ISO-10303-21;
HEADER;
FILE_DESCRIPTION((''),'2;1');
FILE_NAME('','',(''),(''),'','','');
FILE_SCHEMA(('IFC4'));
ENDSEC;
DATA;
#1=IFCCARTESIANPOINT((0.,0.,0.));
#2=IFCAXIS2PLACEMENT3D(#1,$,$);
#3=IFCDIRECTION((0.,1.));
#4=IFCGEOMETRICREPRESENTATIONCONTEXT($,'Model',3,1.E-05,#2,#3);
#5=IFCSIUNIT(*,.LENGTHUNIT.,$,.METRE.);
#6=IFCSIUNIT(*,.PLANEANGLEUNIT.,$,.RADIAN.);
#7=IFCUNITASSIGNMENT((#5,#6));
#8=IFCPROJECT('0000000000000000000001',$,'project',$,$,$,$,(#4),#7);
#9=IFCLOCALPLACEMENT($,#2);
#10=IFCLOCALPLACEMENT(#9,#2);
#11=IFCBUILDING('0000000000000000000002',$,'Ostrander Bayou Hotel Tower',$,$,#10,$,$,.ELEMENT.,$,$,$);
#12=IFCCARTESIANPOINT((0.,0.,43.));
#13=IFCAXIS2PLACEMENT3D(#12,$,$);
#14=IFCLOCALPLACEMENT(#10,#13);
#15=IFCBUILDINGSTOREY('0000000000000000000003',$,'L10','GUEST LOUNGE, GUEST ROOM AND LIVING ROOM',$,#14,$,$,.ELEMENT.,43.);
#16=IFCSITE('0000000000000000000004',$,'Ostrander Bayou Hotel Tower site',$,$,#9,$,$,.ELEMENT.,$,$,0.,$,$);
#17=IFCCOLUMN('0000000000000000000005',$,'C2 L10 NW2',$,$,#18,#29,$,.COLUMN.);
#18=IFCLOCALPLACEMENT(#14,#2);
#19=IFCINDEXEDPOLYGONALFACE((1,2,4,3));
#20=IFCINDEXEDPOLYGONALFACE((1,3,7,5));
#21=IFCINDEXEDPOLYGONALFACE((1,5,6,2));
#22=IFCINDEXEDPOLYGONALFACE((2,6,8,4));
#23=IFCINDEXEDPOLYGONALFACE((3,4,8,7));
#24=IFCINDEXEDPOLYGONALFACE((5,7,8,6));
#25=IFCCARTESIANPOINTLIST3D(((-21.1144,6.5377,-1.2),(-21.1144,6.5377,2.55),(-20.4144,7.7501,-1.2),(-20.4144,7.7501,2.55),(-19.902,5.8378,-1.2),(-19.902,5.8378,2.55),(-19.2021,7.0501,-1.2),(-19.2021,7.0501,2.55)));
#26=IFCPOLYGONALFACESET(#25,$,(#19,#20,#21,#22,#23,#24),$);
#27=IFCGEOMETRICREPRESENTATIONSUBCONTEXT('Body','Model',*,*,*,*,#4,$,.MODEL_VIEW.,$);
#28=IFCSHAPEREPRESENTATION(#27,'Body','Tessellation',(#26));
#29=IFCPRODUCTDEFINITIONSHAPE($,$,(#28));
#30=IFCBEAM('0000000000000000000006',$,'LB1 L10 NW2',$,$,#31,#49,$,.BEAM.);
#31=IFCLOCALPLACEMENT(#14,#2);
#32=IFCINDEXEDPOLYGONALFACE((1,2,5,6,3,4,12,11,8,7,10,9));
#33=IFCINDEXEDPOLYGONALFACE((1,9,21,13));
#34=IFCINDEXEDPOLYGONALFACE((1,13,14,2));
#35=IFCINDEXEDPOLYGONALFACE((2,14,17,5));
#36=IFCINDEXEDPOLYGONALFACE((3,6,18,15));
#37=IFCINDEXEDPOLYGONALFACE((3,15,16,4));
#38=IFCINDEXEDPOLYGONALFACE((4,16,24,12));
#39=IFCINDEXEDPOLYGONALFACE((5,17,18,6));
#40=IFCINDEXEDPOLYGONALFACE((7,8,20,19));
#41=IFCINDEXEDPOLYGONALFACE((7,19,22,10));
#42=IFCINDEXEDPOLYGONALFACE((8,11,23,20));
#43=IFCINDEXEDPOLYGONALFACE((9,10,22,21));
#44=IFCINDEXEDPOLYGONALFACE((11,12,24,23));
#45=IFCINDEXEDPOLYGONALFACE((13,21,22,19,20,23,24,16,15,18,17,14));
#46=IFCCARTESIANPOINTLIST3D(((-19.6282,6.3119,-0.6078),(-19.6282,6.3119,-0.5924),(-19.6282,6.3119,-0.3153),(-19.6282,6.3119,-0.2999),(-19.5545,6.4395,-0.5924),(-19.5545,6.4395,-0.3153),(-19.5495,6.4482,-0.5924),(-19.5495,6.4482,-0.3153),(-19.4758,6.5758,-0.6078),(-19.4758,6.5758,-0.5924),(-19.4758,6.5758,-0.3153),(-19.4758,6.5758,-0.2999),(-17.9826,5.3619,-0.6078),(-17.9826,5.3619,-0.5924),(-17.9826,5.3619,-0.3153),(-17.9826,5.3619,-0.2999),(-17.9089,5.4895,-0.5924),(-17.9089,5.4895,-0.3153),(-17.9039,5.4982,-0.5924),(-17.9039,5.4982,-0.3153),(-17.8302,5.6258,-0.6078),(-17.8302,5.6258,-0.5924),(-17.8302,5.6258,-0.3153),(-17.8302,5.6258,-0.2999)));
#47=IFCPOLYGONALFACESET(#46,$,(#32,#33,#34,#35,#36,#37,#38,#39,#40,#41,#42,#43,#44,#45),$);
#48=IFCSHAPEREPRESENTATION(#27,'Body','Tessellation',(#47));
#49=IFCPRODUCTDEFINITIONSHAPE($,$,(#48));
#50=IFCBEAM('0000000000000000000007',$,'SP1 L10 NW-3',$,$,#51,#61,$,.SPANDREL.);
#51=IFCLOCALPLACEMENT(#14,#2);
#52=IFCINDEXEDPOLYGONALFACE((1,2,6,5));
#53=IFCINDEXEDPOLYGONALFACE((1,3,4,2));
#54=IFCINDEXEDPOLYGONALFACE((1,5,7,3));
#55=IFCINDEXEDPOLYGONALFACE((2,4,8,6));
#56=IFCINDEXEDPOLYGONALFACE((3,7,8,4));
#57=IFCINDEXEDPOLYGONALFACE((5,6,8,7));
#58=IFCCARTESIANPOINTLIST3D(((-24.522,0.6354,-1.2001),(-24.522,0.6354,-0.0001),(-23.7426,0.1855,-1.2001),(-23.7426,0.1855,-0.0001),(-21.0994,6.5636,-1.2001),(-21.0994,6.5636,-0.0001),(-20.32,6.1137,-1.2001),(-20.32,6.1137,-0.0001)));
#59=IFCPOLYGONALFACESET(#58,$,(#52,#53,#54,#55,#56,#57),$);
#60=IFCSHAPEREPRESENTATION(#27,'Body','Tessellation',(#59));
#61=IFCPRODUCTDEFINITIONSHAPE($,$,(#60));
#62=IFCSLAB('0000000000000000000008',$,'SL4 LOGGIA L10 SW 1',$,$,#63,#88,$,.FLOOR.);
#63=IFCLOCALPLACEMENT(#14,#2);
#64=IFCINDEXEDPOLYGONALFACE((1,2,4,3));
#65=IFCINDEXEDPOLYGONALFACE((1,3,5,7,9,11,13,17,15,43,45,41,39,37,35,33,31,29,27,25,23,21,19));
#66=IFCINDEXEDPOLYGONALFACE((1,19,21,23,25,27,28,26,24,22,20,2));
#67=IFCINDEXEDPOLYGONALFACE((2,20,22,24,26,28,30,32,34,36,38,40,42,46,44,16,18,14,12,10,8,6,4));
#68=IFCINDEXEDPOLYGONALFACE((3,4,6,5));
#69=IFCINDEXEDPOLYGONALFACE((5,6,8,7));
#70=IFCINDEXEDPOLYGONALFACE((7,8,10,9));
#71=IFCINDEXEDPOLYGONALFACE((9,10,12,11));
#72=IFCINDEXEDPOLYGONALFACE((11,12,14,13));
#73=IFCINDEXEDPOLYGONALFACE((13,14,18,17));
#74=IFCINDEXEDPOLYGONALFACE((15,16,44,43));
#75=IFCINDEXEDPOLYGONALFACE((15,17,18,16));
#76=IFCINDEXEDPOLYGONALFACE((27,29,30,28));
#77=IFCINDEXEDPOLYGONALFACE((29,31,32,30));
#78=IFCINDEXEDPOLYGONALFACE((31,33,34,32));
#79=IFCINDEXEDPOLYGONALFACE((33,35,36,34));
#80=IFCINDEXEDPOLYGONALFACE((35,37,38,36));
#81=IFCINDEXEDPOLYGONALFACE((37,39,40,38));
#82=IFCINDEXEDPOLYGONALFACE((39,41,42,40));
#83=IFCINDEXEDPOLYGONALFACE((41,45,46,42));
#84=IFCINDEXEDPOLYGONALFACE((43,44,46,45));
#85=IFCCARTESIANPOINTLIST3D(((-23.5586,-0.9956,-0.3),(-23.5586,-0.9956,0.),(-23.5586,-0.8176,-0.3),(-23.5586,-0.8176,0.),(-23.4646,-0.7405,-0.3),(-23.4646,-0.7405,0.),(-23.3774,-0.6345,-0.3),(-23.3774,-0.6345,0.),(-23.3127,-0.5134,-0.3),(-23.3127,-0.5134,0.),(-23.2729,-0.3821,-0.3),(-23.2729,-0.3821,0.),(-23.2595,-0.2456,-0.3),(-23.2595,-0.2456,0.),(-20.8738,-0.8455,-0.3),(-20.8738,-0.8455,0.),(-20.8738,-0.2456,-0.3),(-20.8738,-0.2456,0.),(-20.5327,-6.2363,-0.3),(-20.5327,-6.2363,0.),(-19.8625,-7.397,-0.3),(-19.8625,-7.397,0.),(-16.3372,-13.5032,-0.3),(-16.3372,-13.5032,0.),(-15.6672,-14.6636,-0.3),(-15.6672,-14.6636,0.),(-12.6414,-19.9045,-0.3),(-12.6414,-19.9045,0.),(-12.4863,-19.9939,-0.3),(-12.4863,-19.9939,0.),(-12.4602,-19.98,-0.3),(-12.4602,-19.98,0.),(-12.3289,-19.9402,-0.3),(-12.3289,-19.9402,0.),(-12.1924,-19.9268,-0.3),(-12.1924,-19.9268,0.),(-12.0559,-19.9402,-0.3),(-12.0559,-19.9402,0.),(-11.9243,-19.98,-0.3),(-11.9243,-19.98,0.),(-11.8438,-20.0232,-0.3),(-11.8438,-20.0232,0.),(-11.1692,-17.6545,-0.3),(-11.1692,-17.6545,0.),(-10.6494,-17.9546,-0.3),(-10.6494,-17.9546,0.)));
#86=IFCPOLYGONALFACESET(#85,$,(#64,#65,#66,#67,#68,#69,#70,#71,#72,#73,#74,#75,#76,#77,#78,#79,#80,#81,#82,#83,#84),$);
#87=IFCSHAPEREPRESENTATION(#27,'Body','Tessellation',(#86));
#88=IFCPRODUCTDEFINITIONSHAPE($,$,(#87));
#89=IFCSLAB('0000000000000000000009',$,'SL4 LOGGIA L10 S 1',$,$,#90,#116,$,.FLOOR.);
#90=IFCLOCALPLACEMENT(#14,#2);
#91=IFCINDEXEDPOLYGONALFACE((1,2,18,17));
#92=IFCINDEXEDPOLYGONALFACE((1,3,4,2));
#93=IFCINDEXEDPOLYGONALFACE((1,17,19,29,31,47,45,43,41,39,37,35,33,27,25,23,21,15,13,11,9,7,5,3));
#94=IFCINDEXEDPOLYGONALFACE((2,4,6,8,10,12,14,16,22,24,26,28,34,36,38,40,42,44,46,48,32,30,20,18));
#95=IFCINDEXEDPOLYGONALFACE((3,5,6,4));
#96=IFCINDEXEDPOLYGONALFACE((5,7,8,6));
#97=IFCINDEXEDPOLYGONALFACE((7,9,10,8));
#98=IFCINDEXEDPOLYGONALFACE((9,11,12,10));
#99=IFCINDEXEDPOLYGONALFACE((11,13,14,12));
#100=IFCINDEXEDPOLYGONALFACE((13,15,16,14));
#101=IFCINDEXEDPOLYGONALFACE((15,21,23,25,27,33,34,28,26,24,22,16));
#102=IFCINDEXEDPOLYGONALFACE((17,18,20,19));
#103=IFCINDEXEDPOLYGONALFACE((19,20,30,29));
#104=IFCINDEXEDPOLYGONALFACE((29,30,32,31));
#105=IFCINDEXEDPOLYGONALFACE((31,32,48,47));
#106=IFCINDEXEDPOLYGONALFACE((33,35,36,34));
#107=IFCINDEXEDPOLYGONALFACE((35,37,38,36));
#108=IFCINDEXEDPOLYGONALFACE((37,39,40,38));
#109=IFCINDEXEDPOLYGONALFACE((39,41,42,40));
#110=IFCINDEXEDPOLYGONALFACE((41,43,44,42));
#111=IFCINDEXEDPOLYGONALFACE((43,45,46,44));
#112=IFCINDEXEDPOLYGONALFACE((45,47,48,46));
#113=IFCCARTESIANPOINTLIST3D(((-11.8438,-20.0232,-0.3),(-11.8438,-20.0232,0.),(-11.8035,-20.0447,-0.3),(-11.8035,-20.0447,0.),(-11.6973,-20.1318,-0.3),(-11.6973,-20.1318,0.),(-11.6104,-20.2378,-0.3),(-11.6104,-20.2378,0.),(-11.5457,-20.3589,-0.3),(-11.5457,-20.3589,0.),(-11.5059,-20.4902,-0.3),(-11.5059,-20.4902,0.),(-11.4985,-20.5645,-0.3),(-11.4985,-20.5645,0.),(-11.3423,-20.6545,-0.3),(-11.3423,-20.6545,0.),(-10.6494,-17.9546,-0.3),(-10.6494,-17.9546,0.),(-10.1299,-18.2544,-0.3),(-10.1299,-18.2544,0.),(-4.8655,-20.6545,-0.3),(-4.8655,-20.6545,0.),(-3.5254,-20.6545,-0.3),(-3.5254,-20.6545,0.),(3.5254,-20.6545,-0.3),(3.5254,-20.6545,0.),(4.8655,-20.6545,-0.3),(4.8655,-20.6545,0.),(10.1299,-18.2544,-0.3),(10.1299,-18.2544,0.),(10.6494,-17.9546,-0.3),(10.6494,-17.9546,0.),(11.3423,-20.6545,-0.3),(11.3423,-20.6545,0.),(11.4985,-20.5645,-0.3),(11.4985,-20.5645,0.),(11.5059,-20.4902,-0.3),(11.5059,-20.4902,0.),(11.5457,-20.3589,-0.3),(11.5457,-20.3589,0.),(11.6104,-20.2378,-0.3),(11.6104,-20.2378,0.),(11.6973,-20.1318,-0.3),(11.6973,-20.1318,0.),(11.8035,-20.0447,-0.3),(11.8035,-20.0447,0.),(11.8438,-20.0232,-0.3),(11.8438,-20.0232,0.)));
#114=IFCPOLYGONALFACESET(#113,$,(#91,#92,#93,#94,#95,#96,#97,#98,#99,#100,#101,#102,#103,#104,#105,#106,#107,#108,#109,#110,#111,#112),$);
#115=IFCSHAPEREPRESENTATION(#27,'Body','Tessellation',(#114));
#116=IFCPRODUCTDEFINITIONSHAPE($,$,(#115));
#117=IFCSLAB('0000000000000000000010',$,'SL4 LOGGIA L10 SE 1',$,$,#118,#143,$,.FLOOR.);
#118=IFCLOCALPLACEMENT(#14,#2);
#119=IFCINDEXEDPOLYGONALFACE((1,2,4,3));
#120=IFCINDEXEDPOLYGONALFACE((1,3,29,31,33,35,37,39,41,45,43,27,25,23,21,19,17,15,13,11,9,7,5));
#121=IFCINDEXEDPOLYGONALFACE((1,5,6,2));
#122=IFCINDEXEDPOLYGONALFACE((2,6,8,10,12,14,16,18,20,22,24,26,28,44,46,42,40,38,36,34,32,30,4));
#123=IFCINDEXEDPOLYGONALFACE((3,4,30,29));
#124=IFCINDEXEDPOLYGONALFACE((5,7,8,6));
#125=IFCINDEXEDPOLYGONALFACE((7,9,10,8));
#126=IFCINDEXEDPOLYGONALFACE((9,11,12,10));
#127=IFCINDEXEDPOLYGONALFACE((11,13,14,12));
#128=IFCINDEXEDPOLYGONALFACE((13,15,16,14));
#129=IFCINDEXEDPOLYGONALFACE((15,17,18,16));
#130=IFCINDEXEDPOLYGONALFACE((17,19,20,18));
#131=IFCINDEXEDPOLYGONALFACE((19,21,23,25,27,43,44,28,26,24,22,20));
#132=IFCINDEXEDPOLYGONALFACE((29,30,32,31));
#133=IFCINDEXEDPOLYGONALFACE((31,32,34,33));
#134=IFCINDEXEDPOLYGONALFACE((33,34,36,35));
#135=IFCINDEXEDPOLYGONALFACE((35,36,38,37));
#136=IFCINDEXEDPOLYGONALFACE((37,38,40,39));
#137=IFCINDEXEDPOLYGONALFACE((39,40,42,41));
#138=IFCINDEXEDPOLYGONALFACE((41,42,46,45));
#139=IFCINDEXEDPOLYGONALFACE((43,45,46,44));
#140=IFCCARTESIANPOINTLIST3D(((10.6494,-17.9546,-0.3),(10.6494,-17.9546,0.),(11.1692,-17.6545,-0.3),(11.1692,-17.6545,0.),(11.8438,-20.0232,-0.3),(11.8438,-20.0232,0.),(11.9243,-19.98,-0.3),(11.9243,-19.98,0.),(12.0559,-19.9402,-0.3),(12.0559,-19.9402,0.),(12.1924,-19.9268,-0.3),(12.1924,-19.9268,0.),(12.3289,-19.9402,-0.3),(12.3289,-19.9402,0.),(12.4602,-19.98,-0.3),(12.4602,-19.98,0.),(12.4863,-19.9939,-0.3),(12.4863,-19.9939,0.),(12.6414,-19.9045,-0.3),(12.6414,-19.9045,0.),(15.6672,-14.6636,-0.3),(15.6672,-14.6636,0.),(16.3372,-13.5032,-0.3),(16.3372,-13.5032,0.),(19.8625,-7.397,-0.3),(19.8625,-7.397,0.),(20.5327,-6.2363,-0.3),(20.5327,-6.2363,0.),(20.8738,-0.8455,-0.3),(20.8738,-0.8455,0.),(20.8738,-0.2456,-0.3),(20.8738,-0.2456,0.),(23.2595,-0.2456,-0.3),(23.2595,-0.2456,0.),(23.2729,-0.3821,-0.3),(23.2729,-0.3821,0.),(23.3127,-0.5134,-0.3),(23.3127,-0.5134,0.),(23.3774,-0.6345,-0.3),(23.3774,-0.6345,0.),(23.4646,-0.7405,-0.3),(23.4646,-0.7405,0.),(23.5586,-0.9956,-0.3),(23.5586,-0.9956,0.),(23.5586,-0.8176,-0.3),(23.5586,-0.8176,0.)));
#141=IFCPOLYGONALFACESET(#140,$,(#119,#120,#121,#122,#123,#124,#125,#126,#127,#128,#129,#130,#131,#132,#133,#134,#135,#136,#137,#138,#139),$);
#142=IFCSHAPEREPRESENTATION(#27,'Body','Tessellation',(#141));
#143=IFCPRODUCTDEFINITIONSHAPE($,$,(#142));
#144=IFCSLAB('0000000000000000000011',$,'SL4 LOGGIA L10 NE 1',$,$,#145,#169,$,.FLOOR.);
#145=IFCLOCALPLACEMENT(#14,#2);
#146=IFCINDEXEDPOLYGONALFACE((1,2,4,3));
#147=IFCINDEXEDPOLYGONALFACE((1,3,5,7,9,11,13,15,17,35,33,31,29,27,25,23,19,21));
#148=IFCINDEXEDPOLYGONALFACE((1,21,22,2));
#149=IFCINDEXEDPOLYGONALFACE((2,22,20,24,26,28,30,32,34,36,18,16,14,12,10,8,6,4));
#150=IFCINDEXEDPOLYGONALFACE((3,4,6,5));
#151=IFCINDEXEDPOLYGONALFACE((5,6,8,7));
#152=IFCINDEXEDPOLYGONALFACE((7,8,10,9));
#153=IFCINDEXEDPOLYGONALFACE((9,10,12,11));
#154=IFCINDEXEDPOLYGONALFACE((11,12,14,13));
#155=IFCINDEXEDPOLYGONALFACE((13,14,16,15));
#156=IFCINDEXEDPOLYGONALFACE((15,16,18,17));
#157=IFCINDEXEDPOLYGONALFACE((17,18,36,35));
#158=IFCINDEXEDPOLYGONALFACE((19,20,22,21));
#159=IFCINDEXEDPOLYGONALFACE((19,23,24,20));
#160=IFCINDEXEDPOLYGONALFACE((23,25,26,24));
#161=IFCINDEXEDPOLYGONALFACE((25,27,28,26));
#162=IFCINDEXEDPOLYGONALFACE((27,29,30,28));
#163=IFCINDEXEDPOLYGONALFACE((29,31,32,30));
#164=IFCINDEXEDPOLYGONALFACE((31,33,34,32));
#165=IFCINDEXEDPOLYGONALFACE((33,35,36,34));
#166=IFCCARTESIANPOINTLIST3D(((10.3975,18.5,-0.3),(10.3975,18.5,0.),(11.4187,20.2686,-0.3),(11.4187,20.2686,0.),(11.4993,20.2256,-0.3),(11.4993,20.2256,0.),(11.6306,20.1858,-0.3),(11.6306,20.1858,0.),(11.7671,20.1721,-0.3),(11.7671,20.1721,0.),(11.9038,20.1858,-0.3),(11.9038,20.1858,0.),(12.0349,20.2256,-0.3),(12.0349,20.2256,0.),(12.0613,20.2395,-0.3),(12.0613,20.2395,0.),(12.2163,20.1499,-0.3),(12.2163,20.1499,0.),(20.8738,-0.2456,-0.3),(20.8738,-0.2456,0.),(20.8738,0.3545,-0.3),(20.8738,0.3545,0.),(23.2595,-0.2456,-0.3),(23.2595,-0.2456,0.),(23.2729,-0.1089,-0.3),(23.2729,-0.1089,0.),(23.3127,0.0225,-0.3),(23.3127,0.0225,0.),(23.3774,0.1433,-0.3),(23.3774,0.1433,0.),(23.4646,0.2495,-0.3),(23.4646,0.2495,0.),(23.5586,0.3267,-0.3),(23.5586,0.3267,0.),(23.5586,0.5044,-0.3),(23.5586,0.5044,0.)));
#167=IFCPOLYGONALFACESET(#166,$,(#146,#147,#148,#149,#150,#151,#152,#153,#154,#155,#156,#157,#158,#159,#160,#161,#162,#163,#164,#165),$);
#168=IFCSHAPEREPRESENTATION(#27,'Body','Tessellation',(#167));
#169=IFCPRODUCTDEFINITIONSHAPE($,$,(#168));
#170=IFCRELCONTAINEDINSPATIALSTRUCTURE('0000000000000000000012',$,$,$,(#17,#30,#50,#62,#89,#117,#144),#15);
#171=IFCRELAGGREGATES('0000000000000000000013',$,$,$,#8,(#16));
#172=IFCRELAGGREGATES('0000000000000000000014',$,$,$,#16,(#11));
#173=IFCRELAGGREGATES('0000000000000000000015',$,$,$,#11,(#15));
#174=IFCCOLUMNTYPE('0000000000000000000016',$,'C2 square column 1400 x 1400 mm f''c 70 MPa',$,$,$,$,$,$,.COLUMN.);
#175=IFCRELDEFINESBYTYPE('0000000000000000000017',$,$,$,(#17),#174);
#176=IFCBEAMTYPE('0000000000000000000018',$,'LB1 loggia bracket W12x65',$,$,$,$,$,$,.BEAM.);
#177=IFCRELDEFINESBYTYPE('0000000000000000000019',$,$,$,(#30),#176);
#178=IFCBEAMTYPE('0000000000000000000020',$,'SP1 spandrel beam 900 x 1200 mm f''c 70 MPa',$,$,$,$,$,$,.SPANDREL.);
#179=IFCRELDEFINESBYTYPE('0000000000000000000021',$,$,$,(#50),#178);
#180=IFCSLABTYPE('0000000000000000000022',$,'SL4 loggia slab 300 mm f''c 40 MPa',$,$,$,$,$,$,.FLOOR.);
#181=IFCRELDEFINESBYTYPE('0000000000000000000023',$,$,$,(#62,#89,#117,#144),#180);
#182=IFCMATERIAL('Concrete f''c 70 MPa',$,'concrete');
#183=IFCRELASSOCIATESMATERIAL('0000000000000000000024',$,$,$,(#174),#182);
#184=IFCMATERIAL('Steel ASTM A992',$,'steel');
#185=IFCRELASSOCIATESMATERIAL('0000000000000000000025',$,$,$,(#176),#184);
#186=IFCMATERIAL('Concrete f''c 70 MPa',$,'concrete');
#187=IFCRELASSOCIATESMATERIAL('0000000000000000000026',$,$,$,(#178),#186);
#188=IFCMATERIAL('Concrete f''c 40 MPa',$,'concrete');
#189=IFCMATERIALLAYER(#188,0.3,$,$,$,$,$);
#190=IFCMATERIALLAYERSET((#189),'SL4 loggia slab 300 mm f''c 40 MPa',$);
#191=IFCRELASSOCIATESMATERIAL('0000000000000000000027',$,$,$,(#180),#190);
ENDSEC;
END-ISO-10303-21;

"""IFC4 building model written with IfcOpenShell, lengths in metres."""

from ifc_helpers import new_model, si_unit, direction, frame, origin, origin_2d, place, context, subcontext, project, spatial, polyline, rectangle, i_section, outline, extrude, material, layer, layer_set, material_profile, profile_set, type_object, element, save


model = new_model("IFC4")

# Units and contexts
model_context = context("Model", 3, precision=1e-05, world=origin(), true_north=direction((0.0, 1.0)))
body_context = subcontext(model_context, "Body", "Model", "MODEL_VIEW")
ifc_project = project(units=[si_unit("LENGTHUNIT", "METRE"), si_unit("PLANEANGLEUNIT", "RADIAN")], contexts=[model_context])

# Site, building, storey
site_placement = place(None, origin())
site = spatial("IfcSite", under=ifc_project, at=site_placement, Name="Ostrander Bayou Hotel Tower site", CompositionType="ELEMENT", RefElevation=0.0)
building_placement = place(site_placement, origin())
building = spatial("IfcBuilding", under=site, at=building_placement, Name="Ostrander Bayou Hotel Tower", CompositionType="ELEMENT")
storey_placement = place(building_placement, frame((0.0, 0.0, 43.0)))
storey = spatial("IfcBuildingStorey", under=building, at=storey_placement, Name="L10", Description="GUEST LOUNGE, GUEST ROOM AND LIVING ROOM", CompositionType="ELEMENT", Elevation=43.0)

# Column
ifc_material_1 = material(Name="Concrete f'c 70 MPa", Category="concrete")
ifc_material_profile_1 = material_profile(ifc_material_1, rectangle(XDim=1.3999, YDim=1.3999, at=origin_2d()))
ifc_profile_set_1 = profile_set([ifc_material_profile_1], Name="Concrete f'c 70 MPa")
column_type = type_object("IfcColumnType", Name="C2 square column 1400 x 1400 mm f'c 70 MPa", PredefinedType="COLUMN", material=ifc_profile_set_1)
column_placement = place(storey_placement, frame((-20.1582, 6.7939, -1.2), z_axis=(0.0, 0.0, 1.0), x_axis=(0.5, 0.866025, 0.0)))
element("IfcColumn", 1, at=column_placement, inside=storey, type_object=column_type, Name="C2 L10 NW2", PredefinedType="COLUMN", context=body_context, shape_type="SweptSolid", body=[
    extrude(rectangle(XDim=1.3999, YDim=1.3999, at=origin_2d()), origin(), (0.0, 0.0, 1.0), 3.75),
])

# Beams
ifc_material_2 = material(Name="Steel ASTM A992", Category="steel")
ifc_material_profile_2 = material_profile(ifc_material_2, i_section(OverallWidth=0.3047, OverallDepth=0.3079, WebThickness=0.01, FlangeThickness=0.0154, at=origin_2d()))
ifc_profile_set_2 = profile_set([ifc_material_profile_2], Name="Steel ASTM A992")
beam_type_1 = type_object("IfcBeamType", Name="LB1 loggia bracket W12x65", PredefinedType="BEAM", material=ifc_profile_set_2)
beam_1_placement = place(storey_placement, frame((-19.552, 6.4438, -0.4539), z_axis=(0.866044, -0.499967, 0.0), x_axis=(0.499967, 0.866044, 0.0)))
element("IfcBeam", 2, at=beam_1_placement, inside=storey, type_object=beam_type_1, Name="LB1 L10 NW2", PredefinedType="BEAM", context=body_context, shape_type="SweptSolid", body=[
    extrude(i_section(OverallWidth=0.3047, OverallDepth=0.3079, WebThickness=0.01, FlangeThickness=0.0154, at=origin_2d()), origin(), (0.0, 0.0, 1.0), 1.9001),
])
ifc_material_3 = material(Name="Concrete f'c 70 MPa", Category="concrete")
ifc_material_profile_3 = material_profile(ifc_material_3, rectangle(XDim=0.8999, YDim=1.2, at=origin_2d()))
ifc_profile_set_3 = profile_set([ifc_material_profile_3], Name="Concrete f'c 70 MPa")
beam_type_2 = type_object("IfcBeamType", Name="SP1 spandrel beam 900 x 1200 mm f'c 70 MPa", PredefinedType="SPANDREL", material=ifc_profile_set_3)
beam_2_placement = place(storey_placement, frame((-20.7097, 6.3386, -0.6001), z_axis=(-0.499994, -0.866029, 0.0), x_axis=(0.866029, -0.499994, 0.0)))
element("IfcBeam", 3, at=beam_2_placement, inside=storey, type_object=beam_type_2, Name="SP1 L10 NW-3", PredefinedType="SPANDREL", context=body_context, shape_type="SweptSolid", body=[
    extrude(rectangle(XDim=0.8999, YDim=1.2, at=origin_2d()), origin(), (0.0, 0.0, 1.0), 6.8452),
])

# Slabs
ifc_material_4 = material(Name="Concrete f'c 40 MPa", Category="concrete")
ifc_layer_1 = layer(ifc_material_4, 0.3)
ifc_layer_set_1 = layer_set([ifc_layer_1], Name="SL4 loggia slab 300 mm f'c 40 MPa")
slab_type = type_object("IfcSlabType", Name="SL4 loggia slab 300 mm f'c 40 MPa", PredefinedType="FLOOR", material=ifc_layer_set_1)
slab_1_placement = place(storey_placement, frame((0.0, 0.0, -0.3)))
element("IfcSlab", 4, at=slab_1_placement, inside=storey, type_object=slab_type, Name="SL4 LOGGIA L10 SW 1", PredefinedType="FLOOR", context=body_context, shape_type="SweptSolid", body=[
    extrude(outline(polyline([(-10.6494, -17.9546), (-11.8438, -20.0232), (-11.9243, -19.98), (-12.0559, -19.9402), (-12.1924, -19.9268), (-12.3289, -19.9402), (-12.4602, -19.98), (-12.4863, -19.9939), (-12.6414, -19.9045), (-15.6672, -14.6636), (-16.3372, -13.5032), (-19.8625, -7.397), (-20.5327, -6.2363), (-23.5586, -0.9956), (-23.5586, -0.8176), (-23.4646, -0.7405), (-23.3774, -0.6345), (-23.3127, -0.5134), (-23.2729, -0.3821), (-23.2595, -0.2456), (-20.8738, -0.2456), (-20.8738, -0.8455), (-11.1692, -17.6545), (-10.6494, -17.9546)])), origin(), (0.0, 0.0, 1.0), 0.3),
])
slab_2_placement = place(storey_placement, frame((0.0, 0.0, -0.3)))
element("IfcSlab", 5, at=slab_2_placement, inside=storey, type_object=slab_type, Name="SL4 LOGGIA L10 S 1", PredefinedType="FLOOR", context=body_context, shape_type="SweptSolid", body=[
    extrude(outline(polyline([(10.6494, -17.9546), (11.8438, -20.0232), (11.8035, -20.0447), (11.6973, -20.1318), (11.6104, -20.2378), (11.5457, -20.3589), (11.5059, -20.4902), (11.4985, -20.5645), (11.3423, -20.6545), (4.8655, -20.6545), (3.5254, -20.6545), (-3.5254, -20.6545), (-4.8655, -20.6545), (-11.3423, -20.6545), (-11.4985, -20.5645), (-11.5059, -20.4902), (-11.5457, -20.3589), (-11.6104, -20.2378), (-11.6973, -20.1318), (-11.8035, -20.0447), (-11.8438, -20.0232), (-10.6494, -17.9546), (-10.1299, -18.2544), (10.1299, -18.2544), (10.6494, -17.9546)])), origin(), (0.0, 0.0, 1.0), 0.3),
])
slab_3_placement = place(storey_placement, frame((0.0, 0.0, -0.3)))
element("IfcSlab", 6, at=slab_3_placement, inside=storey, type_object=slab_type, Name="SL4 LOGGIA L10 SE 1", PredefinedType="FLOOR", context=body_context, shape_type="SweptSolid", body=[
    extrude(outline(polyline([(20.8738, -0.2456), (23.2595, -0.2456), (23.2729, -0.3821), (23.3127, -0.5134), (23.3774, -0.6345), (23.4646, -0.7405), (23.5586, -0.8176), (23.5586, -0.9956), (20.5327, -6.2363), (19.8625, -7.397), (16.3372, -13.5032), (15.6672, -14.6636), (12.6414, -19.9045), (12.4863, -19.9939), (12.4602, -19.98), (12.3289, -19.9402), (12.1924, -19.9268), (12.0559, -19.9402), (11.9243, -19.98), (11.8438, -20.0232), (10.6494, -17.9546), (11.1692, -17.6545), (20.8738, -0.8455), (20.8738, -0.2456)])), origin(), (0.0, 0.0, 1.0), 0.3),
])
slab_4_placement = place(storey_placement, frame((0.0, 0.0, -0.3)))
element("IfcSlab", 7, at=slab_4_placement, inside=storey, type_object=slab_type, Name="SL4 LOGGIA L10 NE 1", PredefinedType="FLOOR", context=body_context, shape_type="SweptSolid", body=[
    extrude(outline(polyline([(11.4187, 20.2686), (11.4993, 20.2256), (11.6306, 20.1858), (11.7671, 20.1721), (11.9038, 20.1858), (12.0349, 20.2256), (12.0613, 20.2395), (12.2163, 20.1499), (23.5586, 0.5044), (23.5586, 0.3267), (23.4646, 0.2495), (23.3774, 0.1433), (23.3127, 0.0225), (23.2729, -0.1089), (23.2595, -0.2456), (20.8738, -0.2456), (20.8738, 0.3545), (10.3975, 18.5), (11.4187, 20.2686)])), origin(), (0.0, 0.0, 1.0), 0.3),
])

save(model, "model.ifc")
